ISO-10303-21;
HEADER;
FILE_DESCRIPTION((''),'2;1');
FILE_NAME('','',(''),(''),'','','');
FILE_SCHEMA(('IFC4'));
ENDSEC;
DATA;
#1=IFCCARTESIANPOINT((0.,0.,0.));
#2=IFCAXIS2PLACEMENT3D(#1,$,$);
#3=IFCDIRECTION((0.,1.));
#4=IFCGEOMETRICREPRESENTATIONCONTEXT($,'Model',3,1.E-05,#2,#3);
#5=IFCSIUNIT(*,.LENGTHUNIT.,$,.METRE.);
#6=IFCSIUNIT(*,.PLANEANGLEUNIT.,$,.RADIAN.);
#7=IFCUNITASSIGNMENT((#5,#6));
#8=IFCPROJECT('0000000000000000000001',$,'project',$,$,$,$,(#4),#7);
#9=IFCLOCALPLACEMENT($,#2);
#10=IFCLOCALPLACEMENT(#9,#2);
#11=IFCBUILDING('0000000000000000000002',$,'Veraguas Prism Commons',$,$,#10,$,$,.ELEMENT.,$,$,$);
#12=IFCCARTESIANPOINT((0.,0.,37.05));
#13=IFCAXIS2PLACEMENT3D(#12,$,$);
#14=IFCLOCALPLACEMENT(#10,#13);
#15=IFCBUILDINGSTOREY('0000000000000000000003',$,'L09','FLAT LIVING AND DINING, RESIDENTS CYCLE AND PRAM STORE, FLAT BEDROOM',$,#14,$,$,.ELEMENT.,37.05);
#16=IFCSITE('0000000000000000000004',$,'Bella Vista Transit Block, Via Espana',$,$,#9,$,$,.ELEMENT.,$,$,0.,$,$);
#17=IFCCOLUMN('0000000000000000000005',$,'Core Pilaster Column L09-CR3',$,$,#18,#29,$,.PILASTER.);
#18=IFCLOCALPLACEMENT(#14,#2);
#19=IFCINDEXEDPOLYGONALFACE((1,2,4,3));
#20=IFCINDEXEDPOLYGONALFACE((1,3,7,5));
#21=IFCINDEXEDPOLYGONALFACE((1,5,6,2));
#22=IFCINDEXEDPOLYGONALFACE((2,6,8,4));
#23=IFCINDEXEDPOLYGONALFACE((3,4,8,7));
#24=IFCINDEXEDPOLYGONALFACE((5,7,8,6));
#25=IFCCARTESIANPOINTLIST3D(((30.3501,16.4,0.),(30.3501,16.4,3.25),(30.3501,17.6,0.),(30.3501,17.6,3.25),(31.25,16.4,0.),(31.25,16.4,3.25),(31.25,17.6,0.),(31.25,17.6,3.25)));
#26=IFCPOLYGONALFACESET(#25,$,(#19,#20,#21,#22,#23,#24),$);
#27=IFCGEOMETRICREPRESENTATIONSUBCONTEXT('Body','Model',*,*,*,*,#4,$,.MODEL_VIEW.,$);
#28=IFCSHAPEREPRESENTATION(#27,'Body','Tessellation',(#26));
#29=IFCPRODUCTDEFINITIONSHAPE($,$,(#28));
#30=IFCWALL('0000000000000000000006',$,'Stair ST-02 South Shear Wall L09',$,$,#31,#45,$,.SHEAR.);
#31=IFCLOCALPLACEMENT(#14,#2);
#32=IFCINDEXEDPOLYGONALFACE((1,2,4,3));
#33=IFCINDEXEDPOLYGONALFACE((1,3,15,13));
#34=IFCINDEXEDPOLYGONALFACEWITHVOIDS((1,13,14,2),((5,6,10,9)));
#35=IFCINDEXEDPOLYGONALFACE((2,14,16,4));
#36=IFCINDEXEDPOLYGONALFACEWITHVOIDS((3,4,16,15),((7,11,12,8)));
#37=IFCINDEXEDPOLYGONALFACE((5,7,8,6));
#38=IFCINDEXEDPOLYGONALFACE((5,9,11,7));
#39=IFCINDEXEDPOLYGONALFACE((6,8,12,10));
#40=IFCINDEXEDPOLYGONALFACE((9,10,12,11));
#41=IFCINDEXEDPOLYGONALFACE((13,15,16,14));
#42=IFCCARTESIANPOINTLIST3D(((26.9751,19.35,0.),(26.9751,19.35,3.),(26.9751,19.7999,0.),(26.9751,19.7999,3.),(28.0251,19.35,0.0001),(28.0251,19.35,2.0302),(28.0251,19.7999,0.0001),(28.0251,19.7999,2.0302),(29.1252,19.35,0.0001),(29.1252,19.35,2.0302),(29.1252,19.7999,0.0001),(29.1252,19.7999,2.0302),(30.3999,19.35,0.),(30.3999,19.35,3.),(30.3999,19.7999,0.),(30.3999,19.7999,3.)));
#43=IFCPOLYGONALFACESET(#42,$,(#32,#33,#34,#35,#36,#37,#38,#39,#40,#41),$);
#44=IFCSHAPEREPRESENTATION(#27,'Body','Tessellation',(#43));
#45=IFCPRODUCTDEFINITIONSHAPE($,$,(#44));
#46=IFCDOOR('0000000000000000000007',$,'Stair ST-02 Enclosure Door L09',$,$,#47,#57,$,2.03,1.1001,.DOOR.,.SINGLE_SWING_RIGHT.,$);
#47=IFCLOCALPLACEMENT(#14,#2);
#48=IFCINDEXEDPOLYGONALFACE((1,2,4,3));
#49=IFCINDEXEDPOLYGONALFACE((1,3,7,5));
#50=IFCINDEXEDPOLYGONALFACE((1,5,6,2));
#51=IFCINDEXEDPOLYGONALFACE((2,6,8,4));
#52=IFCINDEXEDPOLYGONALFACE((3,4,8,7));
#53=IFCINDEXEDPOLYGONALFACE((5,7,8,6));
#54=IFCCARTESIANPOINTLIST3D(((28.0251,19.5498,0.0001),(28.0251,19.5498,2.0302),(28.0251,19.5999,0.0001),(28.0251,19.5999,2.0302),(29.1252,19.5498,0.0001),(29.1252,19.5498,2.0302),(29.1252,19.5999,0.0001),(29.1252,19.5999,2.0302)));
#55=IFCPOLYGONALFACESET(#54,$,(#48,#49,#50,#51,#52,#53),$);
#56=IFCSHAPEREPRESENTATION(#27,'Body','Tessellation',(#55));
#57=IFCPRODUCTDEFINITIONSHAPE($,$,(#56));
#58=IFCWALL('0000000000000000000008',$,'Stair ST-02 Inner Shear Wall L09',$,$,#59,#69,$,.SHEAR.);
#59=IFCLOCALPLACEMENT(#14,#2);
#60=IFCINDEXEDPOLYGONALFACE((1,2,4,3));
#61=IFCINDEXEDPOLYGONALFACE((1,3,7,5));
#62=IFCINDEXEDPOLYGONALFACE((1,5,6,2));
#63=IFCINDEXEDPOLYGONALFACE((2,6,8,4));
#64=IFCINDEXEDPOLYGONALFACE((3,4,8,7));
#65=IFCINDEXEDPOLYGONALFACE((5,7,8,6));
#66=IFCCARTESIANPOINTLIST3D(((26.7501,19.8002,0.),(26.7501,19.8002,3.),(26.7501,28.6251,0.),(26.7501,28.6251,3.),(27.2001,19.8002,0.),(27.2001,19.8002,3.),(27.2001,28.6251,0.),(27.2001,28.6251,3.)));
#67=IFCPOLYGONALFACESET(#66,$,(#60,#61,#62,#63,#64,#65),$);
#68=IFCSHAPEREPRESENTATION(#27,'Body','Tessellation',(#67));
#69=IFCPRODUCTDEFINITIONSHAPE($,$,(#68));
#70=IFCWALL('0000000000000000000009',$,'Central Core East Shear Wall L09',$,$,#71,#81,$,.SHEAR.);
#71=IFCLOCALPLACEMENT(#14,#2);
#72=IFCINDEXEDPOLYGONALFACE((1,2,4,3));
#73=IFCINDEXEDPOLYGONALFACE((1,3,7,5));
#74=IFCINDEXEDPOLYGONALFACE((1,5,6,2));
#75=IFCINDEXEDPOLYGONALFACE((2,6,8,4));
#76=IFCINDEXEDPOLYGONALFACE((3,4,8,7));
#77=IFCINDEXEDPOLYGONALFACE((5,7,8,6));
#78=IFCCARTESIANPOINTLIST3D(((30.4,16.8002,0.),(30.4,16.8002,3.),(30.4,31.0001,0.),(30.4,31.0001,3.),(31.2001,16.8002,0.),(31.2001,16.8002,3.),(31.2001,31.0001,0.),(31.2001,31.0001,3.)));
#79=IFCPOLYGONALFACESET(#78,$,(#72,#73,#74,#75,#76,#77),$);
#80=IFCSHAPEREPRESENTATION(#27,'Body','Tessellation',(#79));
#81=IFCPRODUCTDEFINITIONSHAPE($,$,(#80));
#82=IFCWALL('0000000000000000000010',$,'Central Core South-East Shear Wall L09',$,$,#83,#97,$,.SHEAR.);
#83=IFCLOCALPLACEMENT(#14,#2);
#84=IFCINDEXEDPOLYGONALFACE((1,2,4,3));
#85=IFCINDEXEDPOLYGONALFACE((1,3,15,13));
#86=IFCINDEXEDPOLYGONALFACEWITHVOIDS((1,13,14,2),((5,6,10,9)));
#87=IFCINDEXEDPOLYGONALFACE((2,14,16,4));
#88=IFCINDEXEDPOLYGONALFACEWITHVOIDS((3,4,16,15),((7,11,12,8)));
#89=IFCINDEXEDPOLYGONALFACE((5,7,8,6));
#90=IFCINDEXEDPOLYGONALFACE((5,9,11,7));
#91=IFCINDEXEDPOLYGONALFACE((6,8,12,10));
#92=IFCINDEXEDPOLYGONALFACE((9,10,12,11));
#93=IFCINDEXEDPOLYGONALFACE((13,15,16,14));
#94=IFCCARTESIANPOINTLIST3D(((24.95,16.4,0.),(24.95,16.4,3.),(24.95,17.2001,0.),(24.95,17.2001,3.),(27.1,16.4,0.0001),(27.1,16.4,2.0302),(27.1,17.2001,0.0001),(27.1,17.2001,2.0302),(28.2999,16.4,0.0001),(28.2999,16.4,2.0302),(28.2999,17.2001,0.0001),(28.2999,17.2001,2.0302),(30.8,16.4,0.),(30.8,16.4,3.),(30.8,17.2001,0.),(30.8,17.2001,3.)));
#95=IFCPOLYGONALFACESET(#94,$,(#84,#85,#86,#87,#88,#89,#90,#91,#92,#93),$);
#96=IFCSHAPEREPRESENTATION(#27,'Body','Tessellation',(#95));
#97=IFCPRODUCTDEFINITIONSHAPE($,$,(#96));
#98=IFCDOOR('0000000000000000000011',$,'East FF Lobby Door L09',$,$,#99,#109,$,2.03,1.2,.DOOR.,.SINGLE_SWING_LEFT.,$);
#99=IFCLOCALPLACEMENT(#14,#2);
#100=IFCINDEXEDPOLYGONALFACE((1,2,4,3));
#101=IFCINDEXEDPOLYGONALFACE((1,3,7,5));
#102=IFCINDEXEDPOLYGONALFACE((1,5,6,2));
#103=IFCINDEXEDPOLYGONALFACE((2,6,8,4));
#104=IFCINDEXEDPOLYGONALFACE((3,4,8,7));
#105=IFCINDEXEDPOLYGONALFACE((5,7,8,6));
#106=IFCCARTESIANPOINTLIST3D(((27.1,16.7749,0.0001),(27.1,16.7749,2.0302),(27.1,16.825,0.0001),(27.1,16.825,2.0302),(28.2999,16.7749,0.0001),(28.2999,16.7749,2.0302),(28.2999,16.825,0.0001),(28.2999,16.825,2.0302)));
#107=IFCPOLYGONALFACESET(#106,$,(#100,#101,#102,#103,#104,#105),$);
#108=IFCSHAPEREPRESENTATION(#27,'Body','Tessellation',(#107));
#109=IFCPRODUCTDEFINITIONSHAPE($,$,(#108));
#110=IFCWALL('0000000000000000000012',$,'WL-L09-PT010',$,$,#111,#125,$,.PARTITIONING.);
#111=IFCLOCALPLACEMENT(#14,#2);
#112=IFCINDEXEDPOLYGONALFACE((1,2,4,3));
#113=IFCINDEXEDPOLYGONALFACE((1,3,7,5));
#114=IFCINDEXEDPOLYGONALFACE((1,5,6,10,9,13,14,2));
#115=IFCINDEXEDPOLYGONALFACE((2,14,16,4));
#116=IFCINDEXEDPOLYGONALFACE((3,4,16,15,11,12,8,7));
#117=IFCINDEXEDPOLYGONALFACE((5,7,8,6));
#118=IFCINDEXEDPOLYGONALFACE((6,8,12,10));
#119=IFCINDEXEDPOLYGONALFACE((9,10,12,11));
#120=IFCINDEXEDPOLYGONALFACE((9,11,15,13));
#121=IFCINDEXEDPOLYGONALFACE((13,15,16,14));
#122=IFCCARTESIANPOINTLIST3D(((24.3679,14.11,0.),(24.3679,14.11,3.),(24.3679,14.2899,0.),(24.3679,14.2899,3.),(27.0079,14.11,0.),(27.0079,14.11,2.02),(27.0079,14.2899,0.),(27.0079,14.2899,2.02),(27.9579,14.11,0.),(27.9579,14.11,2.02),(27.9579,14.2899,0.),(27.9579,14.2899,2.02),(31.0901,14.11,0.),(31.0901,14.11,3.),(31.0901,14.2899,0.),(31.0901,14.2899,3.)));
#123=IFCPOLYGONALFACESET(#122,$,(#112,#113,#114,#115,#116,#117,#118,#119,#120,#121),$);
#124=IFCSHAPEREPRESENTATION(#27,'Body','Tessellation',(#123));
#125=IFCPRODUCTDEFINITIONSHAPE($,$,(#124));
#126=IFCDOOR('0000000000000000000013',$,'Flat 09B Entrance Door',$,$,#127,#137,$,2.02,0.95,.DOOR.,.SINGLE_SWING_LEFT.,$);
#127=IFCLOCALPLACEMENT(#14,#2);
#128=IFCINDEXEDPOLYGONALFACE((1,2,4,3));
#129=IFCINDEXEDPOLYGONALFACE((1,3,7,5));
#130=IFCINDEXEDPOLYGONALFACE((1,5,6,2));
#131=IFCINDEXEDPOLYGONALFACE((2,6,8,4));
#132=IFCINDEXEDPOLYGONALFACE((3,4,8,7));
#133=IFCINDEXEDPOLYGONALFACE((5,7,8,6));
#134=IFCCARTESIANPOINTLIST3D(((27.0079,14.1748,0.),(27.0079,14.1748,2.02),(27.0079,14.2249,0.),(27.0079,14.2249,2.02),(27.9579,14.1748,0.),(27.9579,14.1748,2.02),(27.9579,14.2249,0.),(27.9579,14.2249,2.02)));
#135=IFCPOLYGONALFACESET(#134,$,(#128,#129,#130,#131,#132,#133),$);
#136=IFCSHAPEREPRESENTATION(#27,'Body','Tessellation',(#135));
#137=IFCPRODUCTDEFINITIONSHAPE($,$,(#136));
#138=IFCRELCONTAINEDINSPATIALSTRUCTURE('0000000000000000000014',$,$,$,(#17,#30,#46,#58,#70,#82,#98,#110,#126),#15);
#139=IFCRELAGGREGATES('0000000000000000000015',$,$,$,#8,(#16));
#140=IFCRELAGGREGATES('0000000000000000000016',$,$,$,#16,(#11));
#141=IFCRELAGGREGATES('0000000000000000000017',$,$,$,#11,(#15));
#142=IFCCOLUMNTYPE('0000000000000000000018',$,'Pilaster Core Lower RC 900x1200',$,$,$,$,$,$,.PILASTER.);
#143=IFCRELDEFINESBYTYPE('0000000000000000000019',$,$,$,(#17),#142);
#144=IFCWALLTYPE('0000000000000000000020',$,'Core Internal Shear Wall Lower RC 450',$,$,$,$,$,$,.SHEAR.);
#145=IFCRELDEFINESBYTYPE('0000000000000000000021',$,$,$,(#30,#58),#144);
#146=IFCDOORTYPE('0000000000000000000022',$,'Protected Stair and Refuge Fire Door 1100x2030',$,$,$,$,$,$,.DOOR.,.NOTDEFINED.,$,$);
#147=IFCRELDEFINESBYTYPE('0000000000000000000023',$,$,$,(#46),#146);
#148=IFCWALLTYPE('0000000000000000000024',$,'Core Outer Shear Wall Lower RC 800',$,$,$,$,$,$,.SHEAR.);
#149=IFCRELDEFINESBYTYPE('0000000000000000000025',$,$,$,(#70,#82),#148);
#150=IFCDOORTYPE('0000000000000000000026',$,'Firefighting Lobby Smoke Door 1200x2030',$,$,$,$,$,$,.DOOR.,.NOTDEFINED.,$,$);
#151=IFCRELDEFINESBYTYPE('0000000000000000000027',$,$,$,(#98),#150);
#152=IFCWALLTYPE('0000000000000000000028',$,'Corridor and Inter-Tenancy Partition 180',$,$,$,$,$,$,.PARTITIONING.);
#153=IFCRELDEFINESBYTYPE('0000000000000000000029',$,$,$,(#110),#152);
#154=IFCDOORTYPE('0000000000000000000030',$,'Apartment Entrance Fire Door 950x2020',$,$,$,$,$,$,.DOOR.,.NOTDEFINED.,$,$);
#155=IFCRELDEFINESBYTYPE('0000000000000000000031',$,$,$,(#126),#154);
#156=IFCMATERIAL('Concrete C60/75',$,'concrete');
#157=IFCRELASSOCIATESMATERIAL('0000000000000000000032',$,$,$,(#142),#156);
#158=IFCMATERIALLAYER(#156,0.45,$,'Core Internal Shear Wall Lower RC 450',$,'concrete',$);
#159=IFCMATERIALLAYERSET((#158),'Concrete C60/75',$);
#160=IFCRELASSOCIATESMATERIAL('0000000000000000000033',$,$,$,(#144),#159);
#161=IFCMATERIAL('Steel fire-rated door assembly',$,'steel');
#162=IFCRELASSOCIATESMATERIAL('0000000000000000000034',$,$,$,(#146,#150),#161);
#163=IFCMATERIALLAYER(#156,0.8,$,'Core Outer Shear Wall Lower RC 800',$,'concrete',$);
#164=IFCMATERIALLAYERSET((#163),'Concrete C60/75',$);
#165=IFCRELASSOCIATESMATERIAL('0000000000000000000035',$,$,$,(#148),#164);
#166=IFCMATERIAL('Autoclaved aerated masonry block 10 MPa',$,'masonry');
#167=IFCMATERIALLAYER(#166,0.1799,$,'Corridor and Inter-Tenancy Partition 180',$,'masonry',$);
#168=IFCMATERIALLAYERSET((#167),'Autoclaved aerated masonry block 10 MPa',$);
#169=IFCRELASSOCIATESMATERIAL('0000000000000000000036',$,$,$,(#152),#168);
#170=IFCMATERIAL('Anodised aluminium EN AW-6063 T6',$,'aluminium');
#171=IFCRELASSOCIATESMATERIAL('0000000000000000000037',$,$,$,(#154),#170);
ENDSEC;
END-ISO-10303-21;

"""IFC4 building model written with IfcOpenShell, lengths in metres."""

from ifc_helpers import new_model, si_unit, direction, frame, frame_2d, origin, origin_2d, place, context, subcontext, project, spatial, rectangle, extrude, source, transform, mapped, material, layer, layer_set, material_profile, profile_set, type_object, element, fill, save


model = new_model("IFC4")

# Units and contexts
model_context = context("Model", 3, precision=1e-05, world=origin(), true_north=direction((0.0, 1.0)))
body_context = subcontext(model_context, "Body", "Model", "MODEL_VIEW")
ifc_project = project(units=[si_unit("LENGTHUNIT", "METRE"), si_unit("PLANEANGLEUNIT", "RADIAN")], contexts=[model_context])

# Site, building, storey
site_placement = place(None, origin())
site = spatial("IfcSite", under=ifc_project, at=site_placement, Name="Bella Vista Transit Block, Via Espana", CompositionType="ELEMENT", RefElevation=0.0)
building_placement = place(site_placement, origin())
building = spatial("IfcBuilding", under=site, at=building_placement, Name="Veraguas Prism Commons", CompositionType="ELEMENT")
storey_placement = place(building_placement, frame((0.0, 0.0, 37.05)))
storey = spatial("IfcBuildingStorey", under=building, at=storey_placement, Name="L09", Description="FLAT LIVING AND DINING, RESIDENTS CYCLE AND PRAM STORE, FLAT BEDROOM", CompositionType="ELEMENT", Elevation=37.05)

# Column
ifc_material_1 = material(Name="Concrete C60/75", Category="concrete")
ifc_material_profile = material_profile(ifc_material_1, rectangle(XDim=0.8999, YDim=1.2, at=origin_2d()), Name="RC900X1200")
ifc_profile_set = profile_set([ifc_material_profile], Name="Concrete C60/75")
column_type = type_object("IfcColumnType", Name="Pilaster Core Lower RC 900x1200", PredefinedType="PILASTER", material=ifc_profile_set)
column_placement = place(storey_placement, frame((30.8, 17.0, 0.0), z_axis=(0.0, 0.0, 1.0), x_axis=(1.0, 0.0, 0.0)))
element("IfcColumn", 1, at=column_placement, inside=storey, type_object=column_type, Name="Core Pilaster Column L09-CR3", PredefinedType="PILASTER", context=body_context, shape_type="SweptSolid", body=[
    extrude(rectangle(XDim=0.8999, YDim=1.2, at=origin_2d()), origin(), (0.0, 0.0, 1.0), 3.25),
])

# Wall, opening, door
ifc_layer_1 = layer(ifc_material_1, 0.45, Name="Core Internal Shear Wall Lower RC 450", Category="concrete")
ifc_layer_set_1 = layer_set([ifc_layer_1], Name="Concrete C60/75")
wall_type_1 = type_object("IfcWallType", Name="Core Internal Shear Wall Lower RC 450", PredefinedType="SHEAR", material=ifc_layer_set_1)
wall_1_placement = place(storey_placement, frame((26.9751, 19.575, 0.0), z_axis=(0.0, 0.0, 1.0), x_axis=(1.0, 0.0, 0.0)))
wall_1 = element("IfcWall", 2, at=wall_1_placement, inside=storey, type_object=wall_type_1, Name="Stair ST-02 South Shear Wall L09", PredefinedType="SHEAR", context=body_context, shape_type="SweptSolid", body=[
    extrude(rectangle(XDim=3.4248, YDim=0.45, at=frame_2d((1.7124, 0.0))), origin(), (0.0, 0.0, 1.0), 3.0),
])
opening_1_placement = place(wall_1_placement, frame((1.05, 0.0, 0.0)))
opening_1 = element("IfcOpeningElement", 3, at=opening_1_placement, cuts=wall_1, PredefinedType="OPENING", context=body_context, shape_type="SweptSolid", body=[
    extrude(rectangle(XDim=1.1001, YDim=2.03, at=frame_2d((0.55, 1.0151))), frame((0.0, 0.2349, 0.0), z_axis=(0.0, -1.0, 0.0), x_axis=(1.0, 0.0, 0.0)), (0.0, 0.0, 1.0), 0.47),
])
ifc_material_2 = material(Name="Steel fire-rated door assembly", Category="steel")
door_type_1 = type_object("IfcDoorType", Name="Protected Stair and Refuge Fire Door 1100x2030", OperationType="NOTDEFINED", PredefinedType="DOOR", material=ifc_material_2)
shared_shape_1 = source(origin(), body_context, "Body", "SweptSolid", [
    extrude(rectangle(XDim=1.1001, YDim=2.03, at=frame_2d((0.55, 1.0151))), frame((0.0, 0.0249, 0.0), z_axis=(0.0, -1.0, 0.0), x_axis=(1.0, 0.0, 0.0)), (0.0, 0.0, 1.0), 0.05),
])
door_1_placement = place(opening_1_placement, origin())
door_1 = element("IfcDoor", 4, at=door_1_placement, inside=storey, type_object=door_type_1, Name="Stair ST-02 Enclosure Door L09", OperationType="SINGLE_SWING_RIGHT", OverallHeight=2.03, OverallWidth=1.1001, PredefinedType="DOOR", context=body_context, shape_type="MappedRepresentation", body=[
    mapped(shared_shape_1, transform((0.0, 0.0, 0.0), scale=1.0)),
])
fill(opening_1, door_1)

# Walls
wall_2_placement = place(storey_placement, frame((26.9751, 19.8, 0.0), z_axis=(0.0, 0.0, 1.0), x_axis=(0.0, 1.0, 0.0)))
element("IfcWall", 5, at=wall_2_placement, inside=storey, type_object=wall_type_1, Name="Stair ST-02 Inner Shear Wall L09", PredefinedType="SHEAR", context=body_context, shape_type="SweptSolid", body=[
    extrude(rectangle(XDim=8.825, YDim=0.45, at=frame_2d((4.4126, 0.0))), origin(), (0.0, 0.0, 1.0), 3.0),
])
ifc_layer_2 = layer(ifc_material_1, 0.8, Name="Core Outer Shear Wall Lower RC 800", Category="concrete")
ifc_layer_set_2 = layer_set([ifc_layer_2], Name="Concrete C60/75")
wall_type_2 = type_object("IfcWallType", Name="Core Outer Shear Wall Lower RC 800", PredefinedType="SHEAR", material=ifc_layer_set_2)
wall_3_placement = place(storey_placement, frame((30.8, 16.8, 0.0), z_axis=(0.0, 0.0, 1.0), x_axis=(0.0, 1.0, 0.0)))
element("IfcWall", 6, at=wall_3_placement, inside=storey, type_object=wall_type_2, Name="Central Core East Shear Wall L09", PredefinedType="SHEAR", context=body_context, shape_type="SweptSolid", body=[
    extrude(rectangle(XDim=14.2, YDim=0.8, at=frame_2d((7.1001, 0.0))), origin(), (0.0, 0.0, 1.0), 3.0),
])

# Walls, openings, doors
wall_4_placement = place(storey_placement, frame((24.95, 16.8, 0.0), z_axis=(0.0, 0.0, 1.0), x_axis=(1.0, 0.0, 0.0)))
wall_4 = element("IfcWall", 7, at=wall_4_placement, inside=storey, type_object=wall_type_2, Name="Central Core South-East Shear Wall L09", PredefinedType="SHEAR", context=body_context, shape_type="SweptSolid", body=[
    extrude(rectangle(XDim=5.8501, YDim=0.8, at=frame_2d((2.925, 0.0))), origin(), (0.0, 0.0, 1.0), 3.0),
])
opening_2_placement = place(wall_4_placement, frame((2.1499, 0.0, 0.0)))
opening_2 = element("IfcOpeningElement", 8, at=opening_2_placement, cuts=wall_4, PredefinedType="OPENING", context=body_context, shape_type="SweptSolid", body=[
    extrude(rectangle(XDim=1.2, YDim=2.03, at=frame_2d((0.6001, 1.0151))), frame((0.0, 0.4099, 0.0), z_axis=(0.0, -1.0, 0.0), x_axis=(1.0, 0.0, 0.0)), (0.0, 0.0, 1.0), 0.8201),
])
door_type_2 = type_object("IfcDoorType", Name="Firefighting Lobby Smoke Door 1200x2030", OperationType="NOTDEFINED", PredefinedType="DOOR", material=ifc_material_2)
shared_shape_2 = source(origin(), body_context, "Body", "SweptSolid", [
    extrude(rectangle(XDim=1.2, YDim=2.03, at=frame_2d((0.6001, 1.0151))), frame((0.0, 0.0249, 0.0), z_axis=(0.0, -1.0, 0.0), x_axis=(1.0, 0.0, 0.0)), (0.0, 0.0, 1.0), 0.05),
])
door_2_placement = place(opening_2_placement, origin())
door_2 = element("IfcDoor", 9, at=door_2_placement, inside=storey, type_object=door_type_2, Name="East FF Lobby Door L09", OperationType="SINGLE_SWING_LEFT", OverallHeight=2.03, OverallWidth=1.2, PredefinedType="DOOR", context=body_context, shape_type="MappedRepresentation", body=[
    mapped(shared_shape_2, transform((0.0, 0.0, 0.0), scale=1.0)),
])
fill(opening_2, door_2)
ifc_material_3 = material(Name="Autoclaved aerated masonry block 10 MPa", Category="masonry")
ifc_layer_3 = layer(ifc_material_3, 0.1799, Name="Corridor and Inter-Tenancy Partition 180", Category="masonry")
ifc_layer_set_3 = layer_set([ifc_layer_3], Name="Autoclaved aerated masonry block 10 MPa")
wall_type_3 = type_object("IfcWallType", Name="Corridor and Inter-Tenancy Partition 180", PredefinedType="PARTITIONING", material=ifc_layer_set_3)
wall_5_placement = place(storey_placement, frame((24.3679, 14.2, 0.0), z_axis=(0.0, 0.0, 1.0), x_axis=(1.0, 0.0, 0.0)))
wall_5 = element("IfcWall", 10, at=wall_5_placement, inside=storey, type_object=wall_type_3, Name="WL-L09-PT010", PredefinedType="PARTITIONING", context=body_context, shape_type="SweptSolid", body=[
    extrude(rectangle(XDim=6.7222, YDim=0.1799, at=frame_2d((3.3611, 0.0))), origin(), (0.0, 0.0, 1.0), 3.0),
])
opening_3_placement = place(wall_5_placement, frame((2.6399, 0.0, 0.0)))
opening_3 = element("IfcOpeningElement", 11, at=opening_3_placement, cuts=wall_5, PredefinedType="OPENING", context=body_context, shape_type="SweptSolid", body=[
    extrude(rectangle(XDim=0.95, YDim=2.02, at=frame_2d((0.4751, 1.01))), frame((0.0, 0.0999, 0.0), z_axis=(0.0, -1.0, 0.0), x_axis=(1.0, 0.0, 0.0)), (0.0, 0.0, 1.0), 0.2),
])
ifc_material_4 = material(Name="Anodised aluminium EN AW-6063 T6", Category="aluminium")
door_type_3 = type_object("IfcDoorType", Name="Apartment Entrance Fire Door 950x2020", OperationType="NOTDEFINED", PredefinedType="DOOR", material=ifc_material_4)
shared_shape_3 = source(origin(), body_context, "Body", "SweptSolid", [
    extrude(rectangle(XDim=0.95, YDim=2.02, at=frame_2d((0.4751, 1.01))), frame((0.0, 0.0249, 0.0), z_axis=(0.0, -1.0, 0.0), x_axis=(1.0, 0.0, 0.0)), (0.0, 0.0, 1.0), 0.05),
])
door_3_placement = place(opening_3_placement, origin())
door_3 = element("IfcDoor", 12, at=door_3_placement, inside=storey, type_object=door_type_3, Name="Flat 09B Entrance Door", OperationType="SINGLE_SWING_LEFT", OverallHeight=2.02, OverallWidth=0.95, PredefinedType="DOOR", context=body_context, shape_type="MappedRepresentation", body=[
    mapped(shared_shape_3, transform((0.0, 0.0, 0.0), scale=1.0)),
])
fill(opening_3, door_3)

save(model, "model.ifc")
